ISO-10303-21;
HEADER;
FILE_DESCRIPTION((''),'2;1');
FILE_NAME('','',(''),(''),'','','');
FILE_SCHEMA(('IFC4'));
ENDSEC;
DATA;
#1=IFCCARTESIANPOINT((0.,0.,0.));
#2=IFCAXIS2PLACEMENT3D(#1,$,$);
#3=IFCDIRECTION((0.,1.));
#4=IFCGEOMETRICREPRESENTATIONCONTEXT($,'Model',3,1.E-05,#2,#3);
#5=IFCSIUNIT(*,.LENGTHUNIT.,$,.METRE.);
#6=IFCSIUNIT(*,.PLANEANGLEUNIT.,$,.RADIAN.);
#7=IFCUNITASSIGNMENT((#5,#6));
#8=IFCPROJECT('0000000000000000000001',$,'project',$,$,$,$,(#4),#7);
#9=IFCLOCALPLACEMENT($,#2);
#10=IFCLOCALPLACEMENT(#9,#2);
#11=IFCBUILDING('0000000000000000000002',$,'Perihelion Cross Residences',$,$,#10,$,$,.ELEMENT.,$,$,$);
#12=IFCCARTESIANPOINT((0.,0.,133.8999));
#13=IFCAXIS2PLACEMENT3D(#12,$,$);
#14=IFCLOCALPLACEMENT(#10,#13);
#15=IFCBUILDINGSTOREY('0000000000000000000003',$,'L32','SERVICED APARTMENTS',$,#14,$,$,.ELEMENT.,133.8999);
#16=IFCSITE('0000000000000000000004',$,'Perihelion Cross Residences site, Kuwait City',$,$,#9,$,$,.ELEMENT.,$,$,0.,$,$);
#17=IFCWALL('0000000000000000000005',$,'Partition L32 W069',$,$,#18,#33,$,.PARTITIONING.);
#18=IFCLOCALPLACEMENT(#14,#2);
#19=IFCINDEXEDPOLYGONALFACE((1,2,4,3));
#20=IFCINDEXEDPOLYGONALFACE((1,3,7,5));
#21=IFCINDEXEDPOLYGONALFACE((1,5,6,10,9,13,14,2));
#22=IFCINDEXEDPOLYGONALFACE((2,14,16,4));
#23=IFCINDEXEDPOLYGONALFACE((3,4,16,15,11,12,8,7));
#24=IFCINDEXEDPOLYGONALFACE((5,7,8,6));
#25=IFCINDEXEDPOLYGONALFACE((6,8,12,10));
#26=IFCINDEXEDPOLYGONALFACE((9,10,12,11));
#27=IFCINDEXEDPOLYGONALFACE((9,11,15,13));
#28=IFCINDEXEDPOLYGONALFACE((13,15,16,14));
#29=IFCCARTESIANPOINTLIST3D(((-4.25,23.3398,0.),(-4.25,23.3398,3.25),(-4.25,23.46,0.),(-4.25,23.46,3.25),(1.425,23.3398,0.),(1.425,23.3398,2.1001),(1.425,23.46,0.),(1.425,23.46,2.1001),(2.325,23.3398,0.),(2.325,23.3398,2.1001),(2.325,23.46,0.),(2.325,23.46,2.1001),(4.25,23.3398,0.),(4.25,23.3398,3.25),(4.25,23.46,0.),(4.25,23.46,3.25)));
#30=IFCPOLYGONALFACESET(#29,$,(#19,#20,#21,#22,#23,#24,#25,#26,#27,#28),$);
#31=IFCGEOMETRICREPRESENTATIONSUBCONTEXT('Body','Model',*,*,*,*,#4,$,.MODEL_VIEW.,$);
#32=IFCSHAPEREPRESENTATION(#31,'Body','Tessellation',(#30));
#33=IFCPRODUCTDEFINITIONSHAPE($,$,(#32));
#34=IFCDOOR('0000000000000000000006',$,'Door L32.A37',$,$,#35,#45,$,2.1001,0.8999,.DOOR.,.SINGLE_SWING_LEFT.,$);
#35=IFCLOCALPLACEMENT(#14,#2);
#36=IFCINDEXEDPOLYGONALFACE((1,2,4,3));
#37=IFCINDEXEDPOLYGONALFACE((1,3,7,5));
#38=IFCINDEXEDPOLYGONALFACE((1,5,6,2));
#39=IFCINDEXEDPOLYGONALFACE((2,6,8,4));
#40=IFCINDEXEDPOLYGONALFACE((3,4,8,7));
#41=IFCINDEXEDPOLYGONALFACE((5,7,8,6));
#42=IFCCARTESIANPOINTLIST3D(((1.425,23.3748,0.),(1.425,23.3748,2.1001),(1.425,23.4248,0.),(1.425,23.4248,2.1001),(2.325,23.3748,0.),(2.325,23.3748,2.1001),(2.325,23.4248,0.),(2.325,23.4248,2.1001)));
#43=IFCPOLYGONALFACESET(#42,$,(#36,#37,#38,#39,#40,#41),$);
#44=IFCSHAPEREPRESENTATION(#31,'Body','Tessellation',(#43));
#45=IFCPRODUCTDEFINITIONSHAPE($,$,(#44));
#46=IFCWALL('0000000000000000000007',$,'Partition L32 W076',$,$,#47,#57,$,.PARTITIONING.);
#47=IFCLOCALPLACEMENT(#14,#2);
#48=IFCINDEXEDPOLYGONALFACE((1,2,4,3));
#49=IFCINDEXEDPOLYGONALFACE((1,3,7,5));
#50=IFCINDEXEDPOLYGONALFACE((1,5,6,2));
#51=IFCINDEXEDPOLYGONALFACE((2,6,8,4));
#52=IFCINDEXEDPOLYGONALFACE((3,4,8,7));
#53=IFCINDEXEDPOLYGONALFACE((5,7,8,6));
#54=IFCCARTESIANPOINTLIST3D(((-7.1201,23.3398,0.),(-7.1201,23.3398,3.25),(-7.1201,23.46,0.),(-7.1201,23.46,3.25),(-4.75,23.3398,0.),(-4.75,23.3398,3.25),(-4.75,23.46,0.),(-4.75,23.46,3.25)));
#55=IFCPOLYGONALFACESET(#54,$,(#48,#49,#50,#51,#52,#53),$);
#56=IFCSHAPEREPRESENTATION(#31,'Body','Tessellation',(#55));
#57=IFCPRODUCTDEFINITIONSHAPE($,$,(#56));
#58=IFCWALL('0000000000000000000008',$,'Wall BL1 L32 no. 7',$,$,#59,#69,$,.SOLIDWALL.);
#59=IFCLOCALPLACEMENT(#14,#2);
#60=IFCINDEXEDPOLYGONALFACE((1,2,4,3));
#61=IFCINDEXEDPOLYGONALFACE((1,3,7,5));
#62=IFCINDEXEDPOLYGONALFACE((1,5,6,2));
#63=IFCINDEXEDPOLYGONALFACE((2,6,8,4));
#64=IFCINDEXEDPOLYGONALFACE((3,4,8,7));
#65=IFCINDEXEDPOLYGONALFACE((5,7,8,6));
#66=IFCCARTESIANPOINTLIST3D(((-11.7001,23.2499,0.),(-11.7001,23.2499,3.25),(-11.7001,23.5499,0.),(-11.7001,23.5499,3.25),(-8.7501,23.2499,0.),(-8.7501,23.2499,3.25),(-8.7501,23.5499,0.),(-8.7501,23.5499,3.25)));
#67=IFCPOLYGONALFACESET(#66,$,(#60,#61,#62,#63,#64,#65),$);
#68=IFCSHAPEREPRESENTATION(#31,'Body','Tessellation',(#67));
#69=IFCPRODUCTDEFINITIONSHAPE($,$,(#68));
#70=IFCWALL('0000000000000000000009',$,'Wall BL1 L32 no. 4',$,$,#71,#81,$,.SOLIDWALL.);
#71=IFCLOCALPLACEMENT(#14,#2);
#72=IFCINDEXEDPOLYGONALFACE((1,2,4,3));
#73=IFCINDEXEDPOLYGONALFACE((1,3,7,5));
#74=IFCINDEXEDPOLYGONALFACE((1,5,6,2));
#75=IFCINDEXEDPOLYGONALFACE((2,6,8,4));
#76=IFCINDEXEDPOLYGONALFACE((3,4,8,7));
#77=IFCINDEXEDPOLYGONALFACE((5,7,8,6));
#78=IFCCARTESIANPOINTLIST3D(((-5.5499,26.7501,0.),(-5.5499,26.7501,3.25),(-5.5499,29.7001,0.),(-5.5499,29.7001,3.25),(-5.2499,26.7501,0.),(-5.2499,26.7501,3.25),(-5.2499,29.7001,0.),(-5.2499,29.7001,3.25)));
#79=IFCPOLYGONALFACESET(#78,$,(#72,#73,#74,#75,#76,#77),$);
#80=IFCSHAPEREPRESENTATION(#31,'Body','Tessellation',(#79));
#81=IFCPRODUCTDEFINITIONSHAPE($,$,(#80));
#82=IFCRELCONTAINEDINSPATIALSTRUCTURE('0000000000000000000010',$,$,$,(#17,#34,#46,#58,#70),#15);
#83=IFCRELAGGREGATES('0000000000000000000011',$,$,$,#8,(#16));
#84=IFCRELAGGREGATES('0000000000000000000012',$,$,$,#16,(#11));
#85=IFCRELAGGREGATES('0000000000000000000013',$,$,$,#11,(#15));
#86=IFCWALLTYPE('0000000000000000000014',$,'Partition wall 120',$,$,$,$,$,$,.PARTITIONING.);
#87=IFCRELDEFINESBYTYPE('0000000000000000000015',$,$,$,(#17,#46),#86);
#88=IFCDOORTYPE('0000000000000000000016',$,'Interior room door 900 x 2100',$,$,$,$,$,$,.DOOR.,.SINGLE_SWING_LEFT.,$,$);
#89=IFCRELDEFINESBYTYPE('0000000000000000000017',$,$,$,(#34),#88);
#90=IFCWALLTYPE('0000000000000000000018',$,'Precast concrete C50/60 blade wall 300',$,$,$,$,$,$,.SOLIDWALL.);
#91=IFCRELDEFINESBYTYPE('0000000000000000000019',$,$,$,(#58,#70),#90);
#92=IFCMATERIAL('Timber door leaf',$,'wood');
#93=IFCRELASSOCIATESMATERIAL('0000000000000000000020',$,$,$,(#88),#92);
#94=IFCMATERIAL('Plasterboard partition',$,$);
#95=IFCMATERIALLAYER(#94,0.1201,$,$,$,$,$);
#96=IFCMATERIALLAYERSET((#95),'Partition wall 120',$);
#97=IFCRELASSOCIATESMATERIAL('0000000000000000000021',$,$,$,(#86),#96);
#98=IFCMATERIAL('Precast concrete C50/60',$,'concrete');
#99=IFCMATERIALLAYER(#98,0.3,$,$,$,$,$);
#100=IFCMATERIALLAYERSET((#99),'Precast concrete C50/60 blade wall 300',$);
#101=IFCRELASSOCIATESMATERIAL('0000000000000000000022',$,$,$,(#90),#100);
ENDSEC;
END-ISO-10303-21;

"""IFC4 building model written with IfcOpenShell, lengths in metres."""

from ifc_helpers import new_model, si_unit, direction, frame, frame_2d, origin, place, context, subcontext, project, spatial, rectangle, extrude, material, layer, layer_set, type_object, element, fill, save


model = new_model("IFC4")

# Units and contexts
model_context = context("Model", 3, precision=1e-05, world=origin(), true_north=direction((0.0, 1.0)))
body_context = subcontext(model_context, "Body", "Model", "MODEL_VIEW")
ifc_project = project(units=[si_unit("LENGTHUNIT", "METRE"), si_unit("PLANEANGLEUNIT", "RADIAN")], contexts=[model_context])

# Site, building, storey
site_placement = place(None, origin())
site = spatial("IfcSite", under=ifc_project, at=site_placement, Name="Perihelion Cross Residences site, Kuwait City", CompositionType="ELEMENT", RefElevation=0.0)
building_placement = place(site_placement, origin())
building = spatial("IfcBuilding", under=site, at=building_placement, Name="Perihelion Cross Residences", CompositionType="ELEMENT")
storey_placement = place(building_placement, frame((0.0, 0.0, 133.8999)))
storey = spatial("IfcBuildingStorey", under=building, at=storey_placement, Name="L32", Description="SERVICED APARTMENTS", CompositionType="ELEMENT", Elevation=133.8999)

# Wall, opening, door
ifc_material_1 = material(Name="Timber door leaf", Category="wood")
door_type_1 = type_object("IfcDoorType", Name="Interior room door 900 x 2100", OperationType="SINGLE_SWING_LEFT", PredefinedType="DOOR", material=ifc_material_1)
ifc_material_2 = material(Name="Plasterboard partition")
ifc_layer_1 = layer(ifc_material_2, 0.1201)
ifc_layer_set_1 = layer_set([ifc_layer_1], Name="Partition wall 120")
wall_type_1 = type_object("IfcWallType", Name="Partition wall 120", PredefinedType="PARTITIONING", material=ifc_layer_set_1)
wall_1_placement = place(storey_placement, frame((-4.25, 23.3999, 0.0), z_axis=(0.0, 0.0, 1.0), x_axis=(1.0, 0.0, 0.0)))
wall_1 = element("IfcWall", 1, at=wall_1_placement, inside=storey, type_object=wall_type_1, Name="Partition L32 W069", PredefinedType="PARTITIONING", context=body_context, shape_type="SweptSolid", body=[
    extrude(rectangle(XDim=8.5, YDim=0.1201, at=frame_2d((4.25, 0.0))), origin(), (0.0, 0.0, 1.0), 3.25),
])
opening_1_placement = place(wall_1_placement, frame((5.675, 0.0, 0.0)))
opening_1 = element("IfcOpeningElement", 2, at=opening_1_placement, cuts=wall_1, PredefinedType="OPENING", context=body_context, shape_type="SweptSolid", body=[
    extrude(rectangle(XDim=0.8999, YDim=2.1001, at=frame_2d((0.45, 1.05))), frame((0.0, 0.0701, 0.0), z_axis=(0.0, -1.0, 0.0), x_axis=(1.0, 0.0, 0.0)), (0.0, 0.0, 1.0), 0.1401),
])
door_1_placement = place(opening_1_placement, origin())
door_1 = element("IfcDoor", 3, at=door_1_placement, inside=storey, type_object=door_type_1, Name="Door L32.A37", OperationType="SINGLE_SWING_LEFT", OverallHeight=2.1001, OverallWidth=0.8999, PredefinedType="DOOR", context=body_context, shape_type="SweptSolid", body=[
    extrude(rectangle(XDim=0.8999, YDim=2.1001, at=frame_2d((0.45, 1.05))), frame((0.0, 0.0249, 0.0), z_axis=(0.0, -1.0, 0.0), x_axis=(1.0, 0.0, 0.0)), (0.0, 0.0, 1.0), 0.05),
])
fill(opening_1, door_1)

# Walls
wall_2_placement = place(storey_placement, frame((-7.1201, 23.3999, 0.0), z_axis=(0.0, 0.0, 1.0), x_axis=(1.0, 0.0, 0.0)))
element("IfcWall", 4, at=wall_2_placement, inside=storey, type_object=wall_type_1, Name="Partition L32 W076", PredefinedType="PARTITIONING", context=body_context, shape_type="SweptSolid", body=[
    extrude(rectangle(XDim=2.3701, YDim=0.1201, at=frame_2d((1.1851, 0.0))), origin(), (0.0, 0.0, 1.0), 3.25),
])
ifc_material_3 = material(Name="Precast concrete C50/60", Category="concrete")
ifc_layer_2 = layer(ifc_material_3, 0.3)
ifc_layer_set_2 = layer_set([ifc_layer_2], Name="Precast concrete C50/60 blade wall 300")
wall_type_2 = type_object("IfcWallType", Name="Precast concrete C50/60 blade wall 300", PredefinedType="SOLIDWALL", material=ifc_layer_set_2)
for number, where, z_axis, x_axis, name in (
    (5, (-8.75, 23.3999, 0.0), (0.0, 0.0, 1.0), (-1.0, 0.0, 0.0), "Wall BL1 L32 no. 7"),
    (6, (-5.3999, 26.75, 0.0), (0.0, 0.0, 1.0), (0.0, 1.0, 0.0), "Wall BL1 L32 no. 4"),
):
    element("IfcWall", number, at=place(storey_placement, frame(where, z_axis=z_axis, x_axis=x_axis)), inside=storey, type_object=wall_type_2, Name=name, PredefinedType="SOLIDWALL", context=body_context, shape_type="SweptSolid", body=[
        extrude(rectangle(XDim=2.95, YDim=0.3, at=frame_2d((1.4751, 0.0))), origin(), (0.0, 0.0, 1.0), 3.25),
    ])

save(model, "model.ifc")
